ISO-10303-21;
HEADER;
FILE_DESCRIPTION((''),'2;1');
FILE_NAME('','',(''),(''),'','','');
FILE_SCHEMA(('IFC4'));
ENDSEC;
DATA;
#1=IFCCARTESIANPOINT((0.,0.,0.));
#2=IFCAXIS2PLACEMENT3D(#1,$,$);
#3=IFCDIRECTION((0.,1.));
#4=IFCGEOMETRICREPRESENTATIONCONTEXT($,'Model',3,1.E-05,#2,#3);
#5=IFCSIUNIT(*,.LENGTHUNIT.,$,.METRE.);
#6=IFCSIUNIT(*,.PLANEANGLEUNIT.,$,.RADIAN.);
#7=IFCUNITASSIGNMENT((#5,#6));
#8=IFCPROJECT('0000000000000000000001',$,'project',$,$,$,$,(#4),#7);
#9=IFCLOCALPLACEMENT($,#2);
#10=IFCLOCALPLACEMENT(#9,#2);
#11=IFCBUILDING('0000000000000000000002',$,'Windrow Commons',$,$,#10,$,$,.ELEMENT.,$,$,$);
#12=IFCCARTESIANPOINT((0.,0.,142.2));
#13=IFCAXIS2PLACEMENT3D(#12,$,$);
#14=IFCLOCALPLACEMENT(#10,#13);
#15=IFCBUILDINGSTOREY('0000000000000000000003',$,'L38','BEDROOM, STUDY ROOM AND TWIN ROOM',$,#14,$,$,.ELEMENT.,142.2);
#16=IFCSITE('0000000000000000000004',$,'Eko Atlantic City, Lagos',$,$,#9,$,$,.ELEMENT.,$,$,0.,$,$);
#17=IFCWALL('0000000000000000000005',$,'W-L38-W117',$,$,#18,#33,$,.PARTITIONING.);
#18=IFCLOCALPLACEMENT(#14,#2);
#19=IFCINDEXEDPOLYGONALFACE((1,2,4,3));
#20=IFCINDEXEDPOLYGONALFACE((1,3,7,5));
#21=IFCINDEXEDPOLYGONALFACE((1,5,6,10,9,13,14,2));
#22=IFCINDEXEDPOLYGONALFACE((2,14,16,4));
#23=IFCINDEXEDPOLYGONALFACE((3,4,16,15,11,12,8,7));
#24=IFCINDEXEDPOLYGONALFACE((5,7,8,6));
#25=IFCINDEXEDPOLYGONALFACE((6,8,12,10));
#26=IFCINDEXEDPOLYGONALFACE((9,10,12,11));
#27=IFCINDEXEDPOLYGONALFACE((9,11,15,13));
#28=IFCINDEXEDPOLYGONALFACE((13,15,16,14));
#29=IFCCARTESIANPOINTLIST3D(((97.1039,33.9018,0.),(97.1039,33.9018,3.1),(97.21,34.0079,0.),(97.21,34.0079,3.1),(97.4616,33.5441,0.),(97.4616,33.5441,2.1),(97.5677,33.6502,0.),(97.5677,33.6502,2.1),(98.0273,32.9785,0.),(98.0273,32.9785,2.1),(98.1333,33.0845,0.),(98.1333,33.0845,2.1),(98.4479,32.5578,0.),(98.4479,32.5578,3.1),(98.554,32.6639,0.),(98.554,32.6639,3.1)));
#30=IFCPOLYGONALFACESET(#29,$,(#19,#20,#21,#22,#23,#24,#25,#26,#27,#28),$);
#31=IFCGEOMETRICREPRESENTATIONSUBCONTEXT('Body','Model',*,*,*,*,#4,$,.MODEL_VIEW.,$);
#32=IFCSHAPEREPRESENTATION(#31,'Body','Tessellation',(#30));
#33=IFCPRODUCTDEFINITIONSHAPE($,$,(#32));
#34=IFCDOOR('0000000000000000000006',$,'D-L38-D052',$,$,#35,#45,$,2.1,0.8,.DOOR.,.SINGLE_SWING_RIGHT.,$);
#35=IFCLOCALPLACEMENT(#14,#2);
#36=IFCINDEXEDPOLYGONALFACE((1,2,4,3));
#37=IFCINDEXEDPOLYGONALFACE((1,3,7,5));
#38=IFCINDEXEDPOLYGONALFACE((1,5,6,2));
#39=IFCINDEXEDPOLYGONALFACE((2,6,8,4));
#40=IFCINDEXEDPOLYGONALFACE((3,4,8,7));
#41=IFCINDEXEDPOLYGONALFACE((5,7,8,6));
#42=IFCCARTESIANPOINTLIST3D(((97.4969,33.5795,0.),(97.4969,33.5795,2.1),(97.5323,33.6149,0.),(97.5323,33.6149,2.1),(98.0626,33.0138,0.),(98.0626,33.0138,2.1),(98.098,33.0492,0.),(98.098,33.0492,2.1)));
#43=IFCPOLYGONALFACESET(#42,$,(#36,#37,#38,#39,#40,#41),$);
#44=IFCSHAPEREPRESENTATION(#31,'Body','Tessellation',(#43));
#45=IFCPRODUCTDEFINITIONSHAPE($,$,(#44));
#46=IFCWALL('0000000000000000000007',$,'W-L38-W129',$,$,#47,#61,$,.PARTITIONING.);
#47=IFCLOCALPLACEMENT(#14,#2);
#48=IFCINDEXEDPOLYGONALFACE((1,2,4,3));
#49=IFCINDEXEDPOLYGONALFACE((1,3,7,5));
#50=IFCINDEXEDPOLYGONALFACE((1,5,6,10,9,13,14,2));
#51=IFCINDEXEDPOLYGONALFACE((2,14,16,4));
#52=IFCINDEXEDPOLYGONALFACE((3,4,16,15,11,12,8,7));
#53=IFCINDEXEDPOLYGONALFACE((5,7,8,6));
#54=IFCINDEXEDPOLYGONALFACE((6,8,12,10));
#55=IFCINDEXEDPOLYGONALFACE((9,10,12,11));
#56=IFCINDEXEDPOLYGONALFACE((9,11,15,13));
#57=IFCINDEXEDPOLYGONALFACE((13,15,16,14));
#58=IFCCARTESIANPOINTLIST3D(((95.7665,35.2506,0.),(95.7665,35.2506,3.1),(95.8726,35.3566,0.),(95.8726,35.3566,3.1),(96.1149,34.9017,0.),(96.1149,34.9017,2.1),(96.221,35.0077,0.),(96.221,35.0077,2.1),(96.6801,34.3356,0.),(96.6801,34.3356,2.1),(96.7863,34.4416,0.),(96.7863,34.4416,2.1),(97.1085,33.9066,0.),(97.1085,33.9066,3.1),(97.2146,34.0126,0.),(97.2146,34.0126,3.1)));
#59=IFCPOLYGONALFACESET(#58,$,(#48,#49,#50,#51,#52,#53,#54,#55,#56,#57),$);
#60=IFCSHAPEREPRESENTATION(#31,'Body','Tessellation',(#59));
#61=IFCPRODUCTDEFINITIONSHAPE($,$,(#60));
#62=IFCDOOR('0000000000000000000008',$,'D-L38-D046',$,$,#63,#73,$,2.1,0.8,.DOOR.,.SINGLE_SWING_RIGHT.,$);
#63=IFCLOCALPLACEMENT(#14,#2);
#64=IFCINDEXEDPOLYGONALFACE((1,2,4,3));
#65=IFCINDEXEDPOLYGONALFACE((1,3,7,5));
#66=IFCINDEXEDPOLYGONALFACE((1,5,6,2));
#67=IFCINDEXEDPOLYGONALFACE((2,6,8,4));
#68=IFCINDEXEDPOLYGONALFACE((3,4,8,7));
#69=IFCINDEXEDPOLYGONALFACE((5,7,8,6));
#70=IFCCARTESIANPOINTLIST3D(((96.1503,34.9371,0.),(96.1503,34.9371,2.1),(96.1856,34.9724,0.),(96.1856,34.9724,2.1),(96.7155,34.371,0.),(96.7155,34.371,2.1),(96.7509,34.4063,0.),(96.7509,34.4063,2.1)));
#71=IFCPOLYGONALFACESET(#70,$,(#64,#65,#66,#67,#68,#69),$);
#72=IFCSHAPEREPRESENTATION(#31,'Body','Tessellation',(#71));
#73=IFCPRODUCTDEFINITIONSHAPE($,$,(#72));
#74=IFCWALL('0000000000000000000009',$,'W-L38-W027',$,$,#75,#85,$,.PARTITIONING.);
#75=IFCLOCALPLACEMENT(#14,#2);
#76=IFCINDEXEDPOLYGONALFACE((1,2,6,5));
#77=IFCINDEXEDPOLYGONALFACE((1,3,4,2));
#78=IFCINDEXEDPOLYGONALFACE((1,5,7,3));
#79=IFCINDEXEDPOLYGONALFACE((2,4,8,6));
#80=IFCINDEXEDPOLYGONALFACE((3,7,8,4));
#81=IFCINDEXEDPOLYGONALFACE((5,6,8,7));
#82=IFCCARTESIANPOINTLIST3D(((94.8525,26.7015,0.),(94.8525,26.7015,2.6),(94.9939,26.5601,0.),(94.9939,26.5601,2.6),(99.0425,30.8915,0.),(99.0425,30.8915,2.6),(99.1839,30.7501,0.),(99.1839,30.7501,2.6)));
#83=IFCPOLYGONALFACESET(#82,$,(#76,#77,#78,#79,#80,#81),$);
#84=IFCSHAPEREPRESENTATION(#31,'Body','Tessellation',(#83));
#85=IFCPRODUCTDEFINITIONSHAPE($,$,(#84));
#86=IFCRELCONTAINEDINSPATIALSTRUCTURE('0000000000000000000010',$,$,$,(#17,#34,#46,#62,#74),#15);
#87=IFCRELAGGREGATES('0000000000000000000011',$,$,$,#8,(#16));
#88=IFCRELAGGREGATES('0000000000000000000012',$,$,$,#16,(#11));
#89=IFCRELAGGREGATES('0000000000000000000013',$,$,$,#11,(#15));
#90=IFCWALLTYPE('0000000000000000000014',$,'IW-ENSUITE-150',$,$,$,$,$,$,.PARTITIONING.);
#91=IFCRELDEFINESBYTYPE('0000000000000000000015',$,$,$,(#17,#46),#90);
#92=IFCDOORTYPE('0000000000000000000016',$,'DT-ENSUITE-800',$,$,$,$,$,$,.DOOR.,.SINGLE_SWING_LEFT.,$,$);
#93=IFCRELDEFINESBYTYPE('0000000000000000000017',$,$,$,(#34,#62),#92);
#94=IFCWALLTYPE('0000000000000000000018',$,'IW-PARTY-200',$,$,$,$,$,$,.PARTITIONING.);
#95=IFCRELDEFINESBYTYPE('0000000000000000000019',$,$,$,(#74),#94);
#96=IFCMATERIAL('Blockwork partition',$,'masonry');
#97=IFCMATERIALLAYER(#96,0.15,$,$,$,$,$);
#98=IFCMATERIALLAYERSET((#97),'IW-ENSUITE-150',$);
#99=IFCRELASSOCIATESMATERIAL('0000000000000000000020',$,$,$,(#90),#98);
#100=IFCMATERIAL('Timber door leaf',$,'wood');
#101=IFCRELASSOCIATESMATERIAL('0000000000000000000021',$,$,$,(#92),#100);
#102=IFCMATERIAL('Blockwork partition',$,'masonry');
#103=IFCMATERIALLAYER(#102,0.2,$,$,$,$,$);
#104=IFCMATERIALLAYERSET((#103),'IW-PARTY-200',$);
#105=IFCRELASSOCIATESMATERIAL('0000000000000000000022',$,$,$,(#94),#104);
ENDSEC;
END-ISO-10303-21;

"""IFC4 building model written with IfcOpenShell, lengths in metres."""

from ifc_helpers import new_model, si_unit, direction, frame, frame_2d, origin, place, context, subcontext, project, spatial, rectangle, extrude, material, layer, layer_set, type_object, element, fill, save


model = new_model("IFC4")

# Units and contexts
model_context = context("Model", 3, precision=1e-05, world=origin(), true_north=direction((0.0, 1.0)))
body_context = subcontext(model_context, "Body", "Model", "MODEL_VIEW")
ifc_project = project(units=[si_unit("LENGTHUNIT", "METRE"), si_unit("PLANEANGLEUNIT", "RADIAN")], contexts=[model_context])

# Site, building, storey
site_placement = place(None, origin())
site = spatial("IfcSite", under=ifc_project, at=site_placement, Name="Eko Atlantic City, Lagos", CompositionType="ELEMENT", RefElevation=0.0)
building_placement = place(site_placement, origin())
building = spatial("IfcBuilding", under=site, at=building_placement, Name="Windrow Commons", CompositionType="ELEMENT")
storey_placement = place(building_placement, frame((0.0, 0.0, 142.2)))
storey = spatial("IfcBuildingStorey", under=building, at=storey_placement, Name="L38", Description="BEDROOM, STUDY ROOM AND TWIN ROOM", CompositionType="ELEMENT", Elevation=142.2)

# Shared definitions
ifc_material_1 = material(Name="Blockwork partition", Category="masonry")
ifc_layer_1 = layer(ifc_material_1, 0.15)
ifc_layer_set_1 = layer_set([ifc_layer_1], Name="IW-ENSUITE-150")
wall_type_1 = type_object("IfcWallType", Name="IW-ENSUITE-150", PredefinedType="PARTITIONING", material=ifc_layer_set_1)

# Walls, openings, doors
wall_1_placement = place(storey_placement, frame((97.1569, 33.9549, 0.0), z_axis=(0.0, 0.0, 1.0), x_axis=(0.707107, -0.707107, 0.0)))
wall_1 = element("IfcWall", 1, at=wall_1_placement, inside=storey, type_object=wall_type_1, Name="W-L38-W117", PredefinedType="PARTITIONING", context=body_context, shape_type="SweptSolid", body=[
    extrude(rectangle(XDim=1.9007, YDim=0.15, at=frame_2d((0.9504, 0.0))), origin(), (0.0, 0.0, 1.0), 3.1),
])
opening_1_placement = place(wall_1_placement, frame((0.5059, 0.0, 0.0)))
opening_1 = element("IfcOpeningElement", 2, at=opening_1_placement, cuts=wall_1, PredefinedType="OPENING", context=body_context, shape_type="SweptSolid", body=[
    extrude(rectangle(XDim=0.8, YDim=2.1, at=frame_2d((0.4, 1.05))), frame((0.0, 0.085, 0.0), z_axis=(0.0, -1.0, 0.0), x_axis=(1.0, 0.0, 0.0)), (0.0, 0.0, 1.0), 0.17),
])
ifc_material_2 = material(Name="Timber door leaf", Category="wood")
door_type = type_object("IfcDoorType", Name="DT-ENSUITE-800", OperationType="SINGLE_SWING_LEFT", PredefinedType="DOOR", material=ifc_material_2)
door_1_placement = place(opening_1_placement, origin())
door_1 = element("IfcDoor", 3, at=door_1_placement, inside=storey, type_object=door_type, Name="D-L38-D052", OperationType="SINGLE_SWING_RIGHT", OverallHeight=2.1, OverallWidth=0.8, PredefinedType="DOOR", context=body_context, shape_type="SweptSolid", body=[
    extrude(rectangle(XDim=0.8, YDim=2.1, at=frame_2d((0.4, 1.05))), frame((0.0, 0.025, 0.0), z_axis=(0.0, -1.0, 0.0), x_axis=(1.0, 0.0, 0.0)), (0.0, 0.0, 1.0), 0.05),
])
fill(opening_1, door_1)
wall_2_placement = place(storey_placement, frame((95.8196, 35.3036, 0.0), z_axis=(0.0, 0.0, 1.0), x_axis=(0.70658, -0.707633, 0.0)))
wall_2 = element("IfcWall", 4, at=wall_2_placement, inside=storey, type_object=wall_type_1, Name="W-L38-W129", PredefinedType="PARTITIONING", context=body_context, shape_type="SweptSolid", body=[
    extrude(rectangle(XDim=1.8993, YDim=0.15, at=frame_2d((0.9496, 0.0))), origin(), (0.0, 0.0, 1.0), 3.1),
])
opening_2_placement = place(wall_2_placement, frame((0.493, 0.0, 0.0)))
opening_2 = element("IfcOpeningElement", 5, at=opening_2_placement, cuts=wall_2, PredefinedType="OPENING", context=body_context, shape_type="SweptSolid", body=[
    extrude(rectangle(XDim=0.8, YDim=2.1, at=frame_2d((0.4, 1.05))), frame((0.0, 0.085, 0.0), z_axis=(0.0, -1.0, 0.0), x_axis=(1.0, 0.0, 0.0)), (0.0, 0.0, 1.0), 0.17),
])
door_2_placement = place(opening_2_placement, origin())
door_2 = element("IfcDoor", 6, at=door_2_placement, inside=storey, type_object=door_type, Name="D-L38-D046", OperationType="SINGLE_SWING_RIGHT", OverallHeight=2.1, OverallWidth=0.8, PredefinedType="DOOR", context=body_context, shape_type="SweptSolid", body=[
    extrude(rectangle(XDim=0.8, YDim=2.1, at=frame_2d((0.4, 1.05))), frame((0.0, 0.025, 0.0), z_axis=(0.0, -1.0, 0.0), x_axis=(1.0, 0.0, 0.0)), (0.0, 0.0, 1.0), 0.05),
])
fill(opening_2, door_2)

# Wall
ifc_material_3 = material(Name="Blockwork partition", Category="masonry")
ifc_layer_2 = layer(ifc_material_3, 0.2)
ifc_layer_set_2 = layer_set([ifc_layer_2], Name="IW-PARTY-200")
wall_type_2 = type_object("IfcWallType", Name="IW-PARTY-200", PredefinedType="PARTITIONING", material=ifc_layer_set_2)
wall_3_placement = place(storey_placement, frame((94.9232, 26.6308, 0.0), z_axis=(0.0, 0.0, 1.0), x_axis=(0.707107, 0.707107, 0.0)))
element("IfcWall", 7, at=wall_3_placement, inside=storey, type_object=wall_type_2, Name="W-L38-W027", PredefinedType="PARTITIONING", context=body_context, shape_type="SweptSolid", body=[
    extrude(rectangle(XDim=5.9256, YDim=0.2, at=frame_2d((2.9628, 0.0))), origin(), (0.0, 0.0, 1.0), 2.6),
])

save(model, "model.ifc")
